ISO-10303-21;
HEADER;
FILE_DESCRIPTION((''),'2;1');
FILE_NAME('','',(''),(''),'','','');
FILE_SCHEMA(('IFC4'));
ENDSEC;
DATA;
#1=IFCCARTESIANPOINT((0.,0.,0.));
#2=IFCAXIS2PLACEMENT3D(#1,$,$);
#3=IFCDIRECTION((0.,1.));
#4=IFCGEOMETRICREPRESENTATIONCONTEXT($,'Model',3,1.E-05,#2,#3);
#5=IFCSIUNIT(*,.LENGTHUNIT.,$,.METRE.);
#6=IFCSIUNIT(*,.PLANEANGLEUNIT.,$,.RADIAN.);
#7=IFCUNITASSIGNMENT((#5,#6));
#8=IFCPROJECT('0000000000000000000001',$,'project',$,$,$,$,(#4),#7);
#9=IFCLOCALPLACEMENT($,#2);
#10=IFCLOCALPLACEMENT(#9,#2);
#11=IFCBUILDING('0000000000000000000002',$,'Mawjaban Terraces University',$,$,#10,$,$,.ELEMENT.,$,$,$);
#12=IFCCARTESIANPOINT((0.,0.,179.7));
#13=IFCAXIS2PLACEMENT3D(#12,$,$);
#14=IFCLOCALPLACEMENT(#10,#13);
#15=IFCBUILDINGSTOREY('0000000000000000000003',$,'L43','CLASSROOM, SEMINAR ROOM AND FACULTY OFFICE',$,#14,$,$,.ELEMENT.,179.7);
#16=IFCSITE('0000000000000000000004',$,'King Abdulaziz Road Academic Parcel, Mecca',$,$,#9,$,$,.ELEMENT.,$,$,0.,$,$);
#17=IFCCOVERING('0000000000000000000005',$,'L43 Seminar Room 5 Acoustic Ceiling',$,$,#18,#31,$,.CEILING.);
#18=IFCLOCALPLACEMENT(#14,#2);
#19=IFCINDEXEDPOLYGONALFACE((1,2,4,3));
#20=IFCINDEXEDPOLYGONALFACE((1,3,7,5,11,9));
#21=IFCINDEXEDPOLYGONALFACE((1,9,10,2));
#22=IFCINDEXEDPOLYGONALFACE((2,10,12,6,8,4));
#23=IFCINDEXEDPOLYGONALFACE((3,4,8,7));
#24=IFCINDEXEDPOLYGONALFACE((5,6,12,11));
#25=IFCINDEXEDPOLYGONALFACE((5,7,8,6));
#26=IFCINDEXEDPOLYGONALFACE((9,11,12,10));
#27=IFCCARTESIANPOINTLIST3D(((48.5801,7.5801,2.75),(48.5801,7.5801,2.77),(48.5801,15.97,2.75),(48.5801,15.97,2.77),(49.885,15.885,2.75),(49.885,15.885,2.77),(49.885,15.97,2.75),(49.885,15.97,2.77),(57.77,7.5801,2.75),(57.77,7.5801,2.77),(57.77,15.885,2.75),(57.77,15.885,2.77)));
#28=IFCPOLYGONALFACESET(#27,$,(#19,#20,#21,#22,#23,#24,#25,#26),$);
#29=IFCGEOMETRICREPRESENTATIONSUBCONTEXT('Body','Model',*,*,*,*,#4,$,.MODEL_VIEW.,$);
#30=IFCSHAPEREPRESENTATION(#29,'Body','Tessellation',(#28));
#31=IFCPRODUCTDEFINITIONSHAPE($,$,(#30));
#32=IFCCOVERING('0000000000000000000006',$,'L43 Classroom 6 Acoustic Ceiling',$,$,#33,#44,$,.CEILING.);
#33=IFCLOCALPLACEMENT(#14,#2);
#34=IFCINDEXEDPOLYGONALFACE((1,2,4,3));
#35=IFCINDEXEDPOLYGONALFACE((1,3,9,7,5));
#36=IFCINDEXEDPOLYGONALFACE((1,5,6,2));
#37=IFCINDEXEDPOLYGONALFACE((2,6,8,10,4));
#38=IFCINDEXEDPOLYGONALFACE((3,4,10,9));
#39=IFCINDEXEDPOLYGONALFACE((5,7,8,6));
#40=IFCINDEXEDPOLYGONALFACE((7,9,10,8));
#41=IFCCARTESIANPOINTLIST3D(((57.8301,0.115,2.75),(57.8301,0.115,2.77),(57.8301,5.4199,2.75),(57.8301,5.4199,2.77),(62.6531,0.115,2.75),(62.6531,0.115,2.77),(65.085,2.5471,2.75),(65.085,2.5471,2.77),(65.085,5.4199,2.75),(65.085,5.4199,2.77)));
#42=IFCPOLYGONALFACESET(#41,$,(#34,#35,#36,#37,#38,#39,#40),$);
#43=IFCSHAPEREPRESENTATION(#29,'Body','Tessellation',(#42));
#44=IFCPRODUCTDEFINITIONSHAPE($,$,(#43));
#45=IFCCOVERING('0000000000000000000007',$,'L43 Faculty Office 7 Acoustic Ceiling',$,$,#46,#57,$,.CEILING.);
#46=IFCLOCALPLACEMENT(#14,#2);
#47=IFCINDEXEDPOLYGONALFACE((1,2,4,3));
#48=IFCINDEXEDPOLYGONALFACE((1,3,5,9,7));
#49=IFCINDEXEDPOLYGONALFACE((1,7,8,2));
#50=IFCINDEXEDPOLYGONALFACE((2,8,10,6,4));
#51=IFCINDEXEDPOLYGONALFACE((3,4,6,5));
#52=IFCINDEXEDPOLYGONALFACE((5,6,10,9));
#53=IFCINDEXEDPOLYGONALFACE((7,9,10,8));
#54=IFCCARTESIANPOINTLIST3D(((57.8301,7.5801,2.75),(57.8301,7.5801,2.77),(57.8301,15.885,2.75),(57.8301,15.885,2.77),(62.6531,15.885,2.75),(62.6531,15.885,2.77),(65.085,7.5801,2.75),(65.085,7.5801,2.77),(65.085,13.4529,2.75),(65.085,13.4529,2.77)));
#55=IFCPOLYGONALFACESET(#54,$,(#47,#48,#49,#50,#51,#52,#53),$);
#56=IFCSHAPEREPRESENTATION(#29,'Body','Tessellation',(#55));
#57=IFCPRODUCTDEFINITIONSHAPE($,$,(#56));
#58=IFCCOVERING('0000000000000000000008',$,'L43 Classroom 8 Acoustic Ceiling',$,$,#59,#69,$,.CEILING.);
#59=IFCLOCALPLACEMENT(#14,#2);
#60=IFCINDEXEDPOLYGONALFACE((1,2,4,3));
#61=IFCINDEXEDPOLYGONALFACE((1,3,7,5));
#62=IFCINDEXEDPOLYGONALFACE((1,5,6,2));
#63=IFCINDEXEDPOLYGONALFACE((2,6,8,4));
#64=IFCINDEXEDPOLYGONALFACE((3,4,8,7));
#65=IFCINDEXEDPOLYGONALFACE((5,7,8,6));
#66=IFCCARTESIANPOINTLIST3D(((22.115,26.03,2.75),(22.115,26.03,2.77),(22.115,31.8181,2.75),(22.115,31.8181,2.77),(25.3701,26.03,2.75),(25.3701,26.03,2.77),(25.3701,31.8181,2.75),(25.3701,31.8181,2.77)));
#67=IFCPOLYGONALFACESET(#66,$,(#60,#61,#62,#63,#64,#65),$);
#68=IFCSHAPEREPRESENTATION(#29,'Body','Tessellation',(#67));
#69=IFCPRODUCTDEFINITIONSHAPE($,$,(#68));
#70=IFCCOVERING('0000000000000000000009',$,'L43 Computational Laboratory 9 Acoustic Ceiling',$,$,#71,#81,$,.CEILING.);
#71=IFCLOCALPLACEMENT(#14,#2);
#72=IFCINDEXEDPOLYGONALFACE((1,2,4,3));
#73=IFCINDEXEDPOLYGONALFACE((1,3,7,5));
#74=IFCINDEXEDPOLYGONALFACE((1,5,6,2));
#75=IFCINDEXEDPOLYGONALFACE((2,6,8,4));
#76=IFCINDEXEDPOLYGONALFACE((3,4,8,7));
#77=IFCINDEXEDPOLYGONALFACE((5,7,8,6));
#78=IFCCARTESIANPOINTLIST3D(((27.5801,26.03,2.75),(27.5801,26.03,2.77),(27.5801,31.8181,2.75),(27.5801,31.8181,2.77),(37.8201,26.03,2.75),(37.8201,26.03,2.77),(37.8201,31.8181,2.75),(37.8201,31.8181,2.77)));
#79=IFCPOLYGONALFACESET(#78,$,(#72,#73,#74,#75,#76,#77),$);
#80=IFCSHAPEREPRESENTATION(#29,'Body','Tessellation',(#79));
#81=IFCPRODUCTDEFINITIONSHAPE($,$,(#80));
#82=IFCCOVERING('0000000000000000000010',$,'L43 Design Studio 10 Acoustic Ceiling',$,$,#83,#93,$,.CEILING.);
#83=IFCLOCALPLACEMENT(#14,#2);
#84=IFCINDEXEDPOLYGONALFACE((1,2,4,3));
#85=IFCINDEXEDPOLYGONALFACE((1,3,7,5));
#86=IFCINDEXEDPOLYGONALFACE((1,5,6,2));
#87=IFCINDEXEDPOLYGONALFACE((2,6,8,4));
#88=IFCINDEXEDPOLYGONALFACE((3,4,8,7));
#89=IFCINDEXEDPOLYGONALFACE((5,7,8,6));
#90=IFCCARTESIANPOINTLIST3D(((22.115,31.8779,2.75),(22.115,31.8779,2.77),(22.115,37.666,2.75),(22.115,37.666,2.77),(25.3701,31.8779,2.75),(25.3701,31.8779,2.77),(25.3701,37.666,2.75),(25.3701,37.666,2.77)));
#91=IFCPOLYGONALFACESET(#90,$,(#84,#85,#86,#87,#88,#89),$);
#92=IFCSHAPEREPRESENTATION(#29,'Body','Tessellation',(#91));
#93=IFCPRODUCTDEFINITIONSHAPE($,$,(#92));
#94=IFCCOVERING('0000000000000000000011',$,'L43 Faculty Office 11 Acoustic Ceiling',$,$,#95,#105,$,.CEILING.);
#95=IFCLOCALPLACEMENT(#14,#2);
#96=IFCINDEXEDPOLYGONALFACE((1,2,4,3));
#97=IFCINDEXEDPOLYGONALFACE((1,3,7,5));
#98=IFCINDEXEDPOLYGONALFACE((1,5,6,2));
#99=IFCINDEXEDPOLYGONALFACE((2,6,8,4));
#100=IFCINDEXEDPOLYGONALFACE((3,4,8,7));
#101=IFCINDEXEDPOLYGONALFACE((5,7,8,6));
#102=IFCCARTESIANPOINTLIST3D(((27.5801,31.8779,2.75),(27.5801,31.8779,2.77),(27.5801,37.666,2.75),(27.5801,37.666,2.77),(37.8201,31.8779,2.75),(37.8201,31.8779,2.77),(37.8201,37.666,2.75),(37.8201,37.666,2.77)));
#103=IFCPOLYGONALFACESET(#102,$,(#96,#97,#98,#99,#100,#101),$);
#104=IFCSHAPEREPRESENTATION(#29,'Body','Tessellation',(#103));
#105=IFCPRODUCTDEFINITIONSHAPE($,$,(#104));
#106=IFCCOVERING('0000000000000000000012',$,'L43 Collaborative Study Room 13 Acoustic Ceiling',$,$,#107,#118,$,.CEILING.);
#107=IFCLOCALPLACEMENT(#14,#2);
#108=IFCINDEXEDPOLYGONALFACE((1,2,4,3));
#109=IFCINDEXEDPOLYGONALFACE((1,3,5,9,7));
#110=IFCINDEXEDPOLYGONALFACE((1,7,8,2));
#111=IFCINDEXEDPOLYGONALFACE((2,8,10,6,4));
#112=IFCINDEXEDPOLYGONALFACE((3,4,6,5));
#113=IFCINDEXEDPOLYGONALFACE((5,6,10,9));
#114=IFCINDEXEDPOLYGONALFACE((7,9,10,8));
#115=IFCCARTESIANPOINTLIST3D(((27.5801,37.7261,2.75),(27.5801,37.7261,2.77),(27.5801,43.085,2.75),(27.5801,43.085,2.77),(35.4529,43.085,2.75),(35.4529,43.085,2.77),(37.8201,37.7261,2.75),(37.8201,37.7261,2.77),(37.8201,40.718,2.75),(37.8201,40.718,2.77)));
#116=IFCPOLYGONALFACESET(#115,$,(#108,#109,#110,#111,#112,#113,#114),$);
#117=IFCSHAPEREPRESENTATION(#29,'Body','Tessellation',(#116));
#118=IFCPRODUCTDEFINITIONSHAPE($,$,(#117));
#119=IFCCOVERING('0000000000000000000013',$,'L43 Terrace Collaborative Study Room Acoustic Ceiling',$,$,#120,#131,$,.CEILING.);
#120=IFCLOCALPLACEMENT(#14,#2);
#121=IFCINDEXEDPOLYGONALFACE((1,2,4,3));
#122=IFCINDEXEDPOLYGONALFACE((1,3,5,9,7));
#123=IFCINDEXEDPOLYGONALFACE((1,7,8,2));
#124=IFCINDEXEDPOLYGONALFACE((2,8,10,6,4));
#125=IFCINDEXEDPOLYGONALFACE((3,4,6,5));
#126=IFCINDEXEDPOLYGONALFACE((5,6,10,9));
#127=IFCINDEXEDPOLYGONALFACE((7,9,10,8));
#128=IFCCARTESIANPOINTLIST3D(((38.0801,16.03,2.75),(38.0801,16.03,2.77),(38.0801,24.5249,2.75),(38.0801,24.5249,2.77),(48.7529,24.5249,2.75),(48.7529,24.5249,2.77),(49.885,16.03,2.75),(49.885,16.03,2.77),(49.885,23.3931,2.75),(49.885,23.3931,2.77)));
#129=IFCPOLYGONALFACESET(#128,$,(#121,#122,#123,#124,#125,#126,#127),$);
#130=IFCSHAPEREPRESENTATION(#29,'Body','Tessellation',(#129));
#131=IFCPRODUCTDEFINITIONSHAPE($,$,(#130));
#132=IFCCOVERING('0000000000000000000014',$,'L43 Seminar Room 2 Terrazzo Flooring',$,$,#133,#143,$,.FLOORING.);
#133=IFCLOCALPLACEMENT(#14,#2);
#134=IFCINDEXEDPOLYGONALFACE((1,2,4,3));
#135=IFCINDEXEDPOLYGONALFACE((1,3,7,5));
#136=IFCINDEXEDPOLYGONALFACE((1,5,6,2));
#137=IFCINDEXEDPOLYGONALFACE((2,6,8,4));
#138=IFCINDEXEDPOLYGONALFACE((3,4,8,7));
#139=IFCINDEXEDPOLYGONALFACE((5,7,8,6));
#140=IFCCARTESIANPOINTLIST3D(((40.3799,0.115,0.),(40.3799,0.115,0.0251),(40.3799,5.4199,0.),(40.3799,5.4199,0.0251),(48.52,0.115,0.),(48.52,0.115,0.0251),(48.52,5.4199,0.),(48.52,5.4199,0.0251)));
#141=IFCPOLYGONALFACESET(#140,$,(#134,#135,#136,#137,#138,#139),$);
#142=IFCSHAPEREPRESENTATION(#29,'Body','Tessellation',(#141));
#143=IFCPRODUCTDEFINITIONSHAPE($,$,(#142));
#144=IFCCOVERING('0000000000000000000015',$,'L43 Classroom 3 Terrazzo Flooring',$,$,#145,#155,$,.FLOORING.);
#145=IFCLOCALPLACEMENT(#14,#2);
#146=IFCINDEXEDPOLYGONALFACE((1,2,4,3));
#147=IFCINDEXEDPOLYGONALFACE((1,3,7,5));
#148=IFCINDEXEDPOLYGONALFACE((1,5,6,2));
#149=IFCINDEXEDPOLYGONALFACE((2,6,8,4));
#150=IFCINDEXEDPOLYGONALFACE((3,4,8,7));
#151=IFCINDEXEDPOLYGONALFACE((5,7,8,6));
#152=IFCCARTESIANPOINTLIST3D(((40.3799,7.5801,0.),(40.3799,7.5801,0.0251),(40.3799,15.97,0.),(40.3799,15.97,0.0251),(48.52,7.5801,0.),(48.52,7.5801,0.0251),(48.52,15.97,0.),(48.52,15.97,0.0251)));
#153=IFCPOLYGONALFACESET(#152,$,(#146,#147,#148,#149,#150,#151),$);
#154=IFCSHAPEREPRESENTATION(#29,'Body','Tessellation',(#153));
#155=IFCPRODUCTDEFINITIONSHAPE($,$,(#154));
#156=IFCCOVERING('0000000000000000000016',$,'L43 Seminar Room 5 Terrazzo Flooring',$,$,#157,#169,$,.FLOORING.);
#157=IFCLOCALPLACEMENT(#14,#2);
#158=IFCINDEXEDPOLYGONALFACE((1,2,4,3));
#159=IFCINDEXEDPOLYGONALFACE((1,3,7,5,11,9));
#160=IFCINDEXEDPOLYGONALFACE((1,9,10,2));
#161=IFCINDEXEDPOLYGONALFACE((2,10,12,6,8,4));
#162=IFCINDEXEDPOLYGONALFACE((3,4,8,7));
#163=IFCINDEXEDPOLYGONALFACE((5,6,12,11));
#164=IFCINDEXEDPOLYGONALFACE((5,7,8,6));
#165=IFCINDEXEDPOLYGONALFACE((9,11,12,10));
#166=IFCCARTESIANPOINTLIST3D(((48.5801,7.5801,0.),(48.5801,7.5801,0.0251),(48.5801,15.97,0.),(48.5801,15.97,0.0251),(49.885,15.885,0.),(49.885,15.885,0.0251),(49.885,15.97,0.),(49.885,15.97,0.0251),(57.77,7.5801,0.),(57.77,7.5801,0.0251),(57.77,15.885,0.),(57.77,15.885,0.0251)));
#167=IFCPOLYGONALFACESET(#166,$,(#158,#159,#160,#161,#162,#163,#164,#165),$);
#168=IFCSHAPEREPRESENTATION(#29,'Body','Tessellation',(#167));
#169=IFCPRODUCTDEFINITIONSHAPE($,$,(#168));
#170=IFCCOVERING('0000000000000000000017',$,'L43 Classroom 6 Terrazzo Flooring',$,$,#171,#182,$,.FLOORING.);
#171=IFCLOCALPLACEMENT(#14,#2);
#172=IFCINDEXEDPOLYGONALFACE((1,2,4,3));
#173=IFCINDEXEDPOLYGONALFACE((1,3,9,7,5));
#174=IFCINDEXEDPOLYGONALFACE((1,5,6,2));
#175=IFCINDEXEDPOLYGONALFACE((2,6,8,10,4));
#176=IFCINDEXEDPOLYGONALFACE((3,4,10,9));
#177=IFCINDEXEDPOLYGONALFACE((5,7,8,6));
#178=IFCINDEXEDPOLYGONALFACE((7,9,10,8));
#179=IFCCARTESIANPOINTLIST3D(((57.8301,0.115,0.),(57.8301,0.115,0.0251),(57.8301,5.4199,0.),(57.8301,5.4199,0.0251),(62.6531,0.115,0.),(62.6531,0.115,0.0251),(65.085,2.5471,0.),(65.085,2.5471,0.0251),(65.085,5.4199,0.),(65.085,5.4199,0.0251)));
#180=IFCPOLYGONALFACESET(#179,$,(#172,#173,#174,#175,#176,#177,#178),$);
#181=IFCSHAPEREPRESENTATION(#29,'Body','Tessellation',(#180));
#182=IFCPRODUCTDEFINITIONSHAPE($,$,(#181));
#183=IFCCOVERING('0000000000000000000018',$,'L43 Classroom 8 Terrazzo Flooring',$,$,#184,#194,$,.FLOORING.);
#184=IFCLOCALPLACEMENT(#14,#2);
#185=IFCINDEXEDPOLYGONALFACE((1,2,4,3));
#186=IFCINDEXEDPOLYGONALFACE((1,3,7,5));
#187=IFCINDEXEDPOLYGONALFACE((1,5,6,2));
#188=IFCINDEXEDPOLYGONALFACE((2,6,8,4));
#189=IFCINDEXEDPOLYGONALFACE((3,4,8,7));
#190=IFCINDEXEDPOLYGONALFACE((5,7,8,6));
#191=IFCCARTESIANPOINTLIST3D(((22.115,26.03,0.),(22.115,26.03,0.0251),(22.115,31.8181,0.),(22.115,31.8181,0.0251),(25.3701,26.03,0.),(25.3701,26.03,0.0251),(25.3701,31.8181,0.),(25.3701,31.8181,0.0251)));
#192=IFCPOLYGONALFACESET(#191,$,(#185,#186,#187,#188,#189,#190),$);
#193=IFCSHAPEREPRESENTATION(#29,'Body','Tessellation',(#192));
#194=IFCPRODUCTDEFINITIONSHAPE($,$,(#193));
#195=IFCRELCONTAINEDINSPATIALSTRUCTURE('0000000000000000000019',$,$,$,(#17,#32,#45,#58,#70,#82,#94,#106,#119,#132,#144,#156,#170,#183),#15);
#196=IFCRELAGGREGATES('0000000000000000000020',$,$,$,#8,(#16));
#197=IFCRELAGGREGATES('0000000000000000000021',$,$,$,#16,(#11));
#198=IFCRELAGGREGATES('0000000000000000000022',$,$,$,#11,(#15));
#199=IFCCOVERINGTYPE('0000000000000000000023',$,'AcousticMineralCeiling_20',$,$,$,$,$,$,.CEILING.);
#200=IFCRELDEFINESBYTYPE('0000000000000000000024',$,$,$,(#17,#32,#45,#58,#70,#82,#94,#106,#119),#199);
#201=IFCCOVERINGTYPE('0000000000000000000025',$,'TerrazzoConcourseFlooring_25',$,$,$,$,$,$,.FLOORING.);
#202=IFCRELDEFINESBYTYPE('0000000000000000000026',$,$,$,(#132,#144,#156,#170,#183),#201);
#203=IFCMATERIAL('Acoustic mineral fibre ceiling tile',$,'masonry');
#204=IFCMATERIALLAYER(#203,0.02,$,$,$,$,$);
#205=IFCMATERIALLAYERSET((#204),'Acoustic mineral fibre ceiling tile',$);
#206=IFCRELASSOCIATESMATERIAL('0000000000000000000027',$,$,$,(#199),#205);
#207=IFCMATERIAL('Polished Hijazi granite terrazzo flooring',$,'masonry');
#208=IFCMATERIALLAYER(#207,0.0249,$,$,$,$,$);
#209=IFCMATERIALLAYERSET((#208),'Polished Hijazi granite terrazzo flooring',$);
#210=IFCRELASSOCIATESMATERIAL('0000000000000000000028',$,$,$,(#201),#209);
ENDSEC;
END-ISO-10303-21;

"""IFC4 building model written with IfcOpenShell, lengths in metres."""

from ifc_helpers import new_model, si_unit, direction, frame, origin, place, context, subcontext, project, spatial, polyline, outline, extrude, material, layer, layer_set, type_object, element, save


model = new_model("IFC4")

# Units and contexts
model_context = context("Model", 3, precision=1e-05, world=origin(), true_north=direction((0.0, 1.0)))
body_context = subcontext(model_context, "Body", "Model", "MODEL_VIEW")
ifc_project = project(units=[si_unit("LENGTHUNIT", "METRE"), si_unit("PLANEANGLEUNIT", "RADIAN")], contexts=[model_context])

# Site, building, storey
site_placement = place(None, origin())
site = spatial("IfcSite", under=ifc_project, at=site_placement, Name="King Abdulaziz Road Academic Parcel, Mecca", CompositionType="ELEMENT", RefElevation=0.0)
building_placement = place(site_placement, origin())
building = spatial("IfcBuilding", under=site, at=building_placement, Name="Mawjaban Terraces University", CompositionType="ELEMENT")
storey_placement = place(building_placement, frame((0.0, 0.0, 179.7)))
storey = spatial("IfcBuildingStorey", under=building, at=storey_placement, Name="L43", Description="CLASSROOM, SEMINAR ROOM AND FACULTY OFFICE", CompositionType="ELEMENT", Elevation=179.7)

# Coverings
ifc_material_1 = material(Name="Acoustic mineral fibre ceiling tile", Category="masonry")
ifc_layer_1 = layer(ifc_material_1, 0.02)
ifc_layer_set_1 = layer_set([ifc_layer_1], Name="Acoustic mineral fibre ceiling tile")
covering_type_1 = type_object("IfcCoveringType", Name="AcousticMineralCeiling_20", PredefinedType="CEILING", material=ifc_layer_set_1)
covering_1_placement = place(storey_placement, frame((0.0, 0.0, 2.75)))
element("IfcCovering", 1, at=covering_1_placement, inside=storey, type_object=covering_type_1, Name="L43 Seminar Room 5 Acoustic Ceiling", PredefinedType="CEILING", context=body_context, shape_type="SweptSolid", body=[
    extrude(outline(polyline([(57.77, 15.885), (49.885, 15.885), (49.885, 15.97), (48.5801, 15.97), (48.5801, 7.5801), (57.77, 7.5801), (57.77, 15.885)])), origin(), (0.0, 0.0, 1.0), 0.02),
])
covering_2_placement = place(storey_placement, frame((0.0, 0.0, 2.75)))
element("IfcCovering", 2, at=covering_2_placement, inside=storey, type_object=covering_type_1, Name="L43 Classroom 6 Acoustic Ceiling", PredefinedType="CEILING", context=body_context, shape_type="SweptSolid", body=[
    extrude(outline(polyline([(57.8301, 0.115), (62.6531, 0.115), (65.085, 2.5471), (65.085, 5.4199), (57.8301, 5.4199), (57.8301, 0.115)])), origin(), (0.0, 0.0, 1.0), 0.02),
])
covering_3_placement = place(storey_placement, frame((0.0, 0.0, 2.75)))
element("IfcCovering", 3, at=covering_3_placement, inside=storey, type_object=covering_type_1, Name="L43 Faculty Office 7 Acoustic Ceiling", PredefinedType="CEILING", context=body_context, shape_type="SweptSolid", body=[
    extrude(outline(polyline([(65.085, 7.5801), (65.085, 13.4529), (62.6531, 15.885), (57.8301, 15.885), (57.8301, 7.5801), (65.085, 7.5801)])), origin(), (0.0, 0.0, 1.0), 0.02),
])
covering_4_placement = place(storey_placement, frame((0.0, 0.0, 2.75)))
element("IfcCovering", 4, at=covering_4_placement, inside=storey, type_object=covering_type_1, Name="L43 Classroom 8 Acoustic Ceiling", PredefinedType="CEILING", context=body_context, shape_type="SweptSolid", body=[
    extrude(outline(polyline([(22.115, 31.8181), (22.115, 26.03), (25.3701, 26.03), (25.3701, 31.8181), (22.115, 31.8181)])), origin(), (0.0, 0.0, 1.0), 0.02),
])
covering_5_placement = place(storey_placement, frame((0.0, 0.0, 2.75)))
element("IfcCovering", 5, at=covering_5_placement, inside=storey, type_object=covering_type_1, Name="L43 Computational Laboratory 9 Acoustic Ceiling", PredefinedType="CEILING", context=body_context, shape_type="SweptSolid", body=[
    extrude(outline(polyline([(37.8201, 26.03), (37.8201, 31.8181), (27.5801, 31.8181), (27.5801, 26.03), (37.8201, 26.03)])), origin(), (0.0, 0.0, 1.0), 0.02),
])
covering_6_placement = place(storey_placement, frame((0.0, 0.0, 2.75)))
element("IfcCovering", 6, at=covering_6_placement, inside=storey, type_object=covering_type_1, Name="L43 Design Studio 10 Acoustic Ceiling", PredefinedType="CEILING", context=body_context, shape_type="SweptSolid", body=[
    extrude(outline(polyline([(22.115, 37.666), (22.115, 31.8779), (25.3701, 31.8779), (25.3701, 37.666), (22.115, 37.666)])), origin(), (0.0, 0.0, 1.0), 0.02),
])
covering_7_placement = place(storey_placement, frame((0.0, 0.0, 2.75)))
element("IfcCovering", 7, at=covering_7_placement, inside=storey, type_object=covering_type_1, Name="L43 Faculty Office 11 Acoustic Ceiling", PredefinedType="CEILING", context=body_context, shape_type="SweptSolid", body=[
    extrude(outline(polyline([(37.8201, 31.8779), (37.8201, 37.666), (27.5801, 37.666), (27.5801, 31.8779), (37.8201, 31.8779)])), origin(), (0.0, 0.0, 1.0), 0.02),
])
covering_8_placement = place(storey_placement, frame((0.0, 0.0, 2.75)))
element("IfcCovering", 8, at=covering_8_placement, inside=storey, type_object=covering_type_1, Name="L43 Collaborative Study Room 13 Acoustic Ceiling", PredefinedType="CEILING", context=body_context, shape_type="SweptSolid", body=[
    extrude(outline(polyline([(37.8201, 40.718), (35.4529, 43.085), (27.5801, 43.085), (27.5801, 37.7261), (37.8201, 37.7261), (37.8201, 40.718)])), origin(), (0.0, 0.0, 1.0), 0.02),
])
covering_9_placement = place(storey_placement, frame((0.0, 0.0, 2.75)))
element("IfcCovering", 9, at=covering_9_placement, inside=storey, type_object=covering_type_1, Name="L43 Terrace Collaborative Study Room Acoustic Ceiling", PredefinedType="CEILING", context=body_context, shape_type="SweptSolid", body=[
    extrude(outline(polyline([(49.885, 16.03), (49.885, 23.3931), (48.7529, 24.5249), (38.0801, 24.5249), (38.0801, 16.03), (49.885, 16.03)])), origin(), (0.0, 0.0, 1.0), 0.02),
])
ifc_material_2 = material(Name="Polished Hijazi granite terrazzo flooring", Category="masonry")
ifc_layer_2 = layer(ifc_material_2, 0.0249)
ifc_layer_set_2 = layer_set([ifc_layer_2], Name="Polished Hijazi granite terrazzo flooring")
covering_type_2 = type_object("IfcCoveringType", Name="TerrazzoConcourseFlooring_25", PredefinedType="FLOORING", material=ifc_layer_set_2)
covering_10_placement = place(storey_placement, origin())
element("IfcCovering", 10, at=covering_10_placement, inside=storey, type_object=covering_type_2, Name="L43 Seminar Room 2 Terrazzo Flooring", PredefinedType="FLOORING", context=body_context, shape_type="SweptSolid", body=[
    extrude(outline(polyline([(40.3799, 0.115), (48.52, 0.115), (48.52, 5.4199), (40.3799, 5.4199), (40.3799, 0.115)])), origin(), (0.0, 0.0, 1.0), 0.0251),
])
covering_11_placement = place(storey_placement, origin())
element("IfcCovering", 11, at=covering_11_placement, inside=storey, type_object=covering_type_2, Name="L43 Classroom 3 Terrazzo Flooring", PredefinedType="FLOORING", context=body_context, shape_type="SweptSolid", body=[
    extrude(outline(polyline([(48.52, 7.5801), (48.52, 15.97), (40.3799, 15.97), (40.3799, 7.5801), (48.52, 7.5801)])), origin(), (0.0, 0.0, 1.0), 0.0251),
])
covering_12_placement = place(storey_placement, origin())
element("IfcCovering", 12, at=covering_12_placement, inside=storey, type_object=covering_type_2, Name="L43 Seminar Room 5 Terrazzo Flooring", PredefinedType="FLOORING", context=body_context, shape_type="SweptSolid", body=[
    extrude(outline(polyline([(57.77, 15.885), (49.885, 15.885), (49.885, 15.97), (48.5801, 15.97), (48.5801, 7.5801), (57.77, 7.5801), (57.77, 15.885)])), origin(), (0.0, 0.0, 1.0), 0.0251),
])
covering_13_placement = place(storey_placement, origin())
element("IfcCovering", 13, at=covering_13_placement, inside=storey, type_object=covering_type_2, Name="L43 Classroom 6 Terrazzo Flooring", PredefinedType="FLOORING", context=body_context, shape_type="SweptSolid", body=[
    extrude(outline(polyline([(57.8301, 0.115), (62.6531, 0.115), (65.085, 2.5471), (65.085, 5.4199), (57.8301, 5.4199), (57.8301, 0.115)])), origin(), (0.0, 0.0, 1.0), 0.0251),
])
covering_14_placement = place(storey_placement, origin())
element("IfcCovering", 14, at=covering_14_placement, inside=storey, type_object=covering_type_2, Name="L43 Classroom 8 Terrazzo Flooring", PredefinedType="FLOORING", context=body_context, shape_type="SweptSolid", body=[
    extrude(outline(polyline([(22.115, 31.8181), (22.115, 26.03), (25.3701, 26.03), (25.3701, 31.8181), (22.115, 31.8181)])), origin(), (0.0, 0.0, 1.0), 0.0251),
])

save(model, "model.ifc")
